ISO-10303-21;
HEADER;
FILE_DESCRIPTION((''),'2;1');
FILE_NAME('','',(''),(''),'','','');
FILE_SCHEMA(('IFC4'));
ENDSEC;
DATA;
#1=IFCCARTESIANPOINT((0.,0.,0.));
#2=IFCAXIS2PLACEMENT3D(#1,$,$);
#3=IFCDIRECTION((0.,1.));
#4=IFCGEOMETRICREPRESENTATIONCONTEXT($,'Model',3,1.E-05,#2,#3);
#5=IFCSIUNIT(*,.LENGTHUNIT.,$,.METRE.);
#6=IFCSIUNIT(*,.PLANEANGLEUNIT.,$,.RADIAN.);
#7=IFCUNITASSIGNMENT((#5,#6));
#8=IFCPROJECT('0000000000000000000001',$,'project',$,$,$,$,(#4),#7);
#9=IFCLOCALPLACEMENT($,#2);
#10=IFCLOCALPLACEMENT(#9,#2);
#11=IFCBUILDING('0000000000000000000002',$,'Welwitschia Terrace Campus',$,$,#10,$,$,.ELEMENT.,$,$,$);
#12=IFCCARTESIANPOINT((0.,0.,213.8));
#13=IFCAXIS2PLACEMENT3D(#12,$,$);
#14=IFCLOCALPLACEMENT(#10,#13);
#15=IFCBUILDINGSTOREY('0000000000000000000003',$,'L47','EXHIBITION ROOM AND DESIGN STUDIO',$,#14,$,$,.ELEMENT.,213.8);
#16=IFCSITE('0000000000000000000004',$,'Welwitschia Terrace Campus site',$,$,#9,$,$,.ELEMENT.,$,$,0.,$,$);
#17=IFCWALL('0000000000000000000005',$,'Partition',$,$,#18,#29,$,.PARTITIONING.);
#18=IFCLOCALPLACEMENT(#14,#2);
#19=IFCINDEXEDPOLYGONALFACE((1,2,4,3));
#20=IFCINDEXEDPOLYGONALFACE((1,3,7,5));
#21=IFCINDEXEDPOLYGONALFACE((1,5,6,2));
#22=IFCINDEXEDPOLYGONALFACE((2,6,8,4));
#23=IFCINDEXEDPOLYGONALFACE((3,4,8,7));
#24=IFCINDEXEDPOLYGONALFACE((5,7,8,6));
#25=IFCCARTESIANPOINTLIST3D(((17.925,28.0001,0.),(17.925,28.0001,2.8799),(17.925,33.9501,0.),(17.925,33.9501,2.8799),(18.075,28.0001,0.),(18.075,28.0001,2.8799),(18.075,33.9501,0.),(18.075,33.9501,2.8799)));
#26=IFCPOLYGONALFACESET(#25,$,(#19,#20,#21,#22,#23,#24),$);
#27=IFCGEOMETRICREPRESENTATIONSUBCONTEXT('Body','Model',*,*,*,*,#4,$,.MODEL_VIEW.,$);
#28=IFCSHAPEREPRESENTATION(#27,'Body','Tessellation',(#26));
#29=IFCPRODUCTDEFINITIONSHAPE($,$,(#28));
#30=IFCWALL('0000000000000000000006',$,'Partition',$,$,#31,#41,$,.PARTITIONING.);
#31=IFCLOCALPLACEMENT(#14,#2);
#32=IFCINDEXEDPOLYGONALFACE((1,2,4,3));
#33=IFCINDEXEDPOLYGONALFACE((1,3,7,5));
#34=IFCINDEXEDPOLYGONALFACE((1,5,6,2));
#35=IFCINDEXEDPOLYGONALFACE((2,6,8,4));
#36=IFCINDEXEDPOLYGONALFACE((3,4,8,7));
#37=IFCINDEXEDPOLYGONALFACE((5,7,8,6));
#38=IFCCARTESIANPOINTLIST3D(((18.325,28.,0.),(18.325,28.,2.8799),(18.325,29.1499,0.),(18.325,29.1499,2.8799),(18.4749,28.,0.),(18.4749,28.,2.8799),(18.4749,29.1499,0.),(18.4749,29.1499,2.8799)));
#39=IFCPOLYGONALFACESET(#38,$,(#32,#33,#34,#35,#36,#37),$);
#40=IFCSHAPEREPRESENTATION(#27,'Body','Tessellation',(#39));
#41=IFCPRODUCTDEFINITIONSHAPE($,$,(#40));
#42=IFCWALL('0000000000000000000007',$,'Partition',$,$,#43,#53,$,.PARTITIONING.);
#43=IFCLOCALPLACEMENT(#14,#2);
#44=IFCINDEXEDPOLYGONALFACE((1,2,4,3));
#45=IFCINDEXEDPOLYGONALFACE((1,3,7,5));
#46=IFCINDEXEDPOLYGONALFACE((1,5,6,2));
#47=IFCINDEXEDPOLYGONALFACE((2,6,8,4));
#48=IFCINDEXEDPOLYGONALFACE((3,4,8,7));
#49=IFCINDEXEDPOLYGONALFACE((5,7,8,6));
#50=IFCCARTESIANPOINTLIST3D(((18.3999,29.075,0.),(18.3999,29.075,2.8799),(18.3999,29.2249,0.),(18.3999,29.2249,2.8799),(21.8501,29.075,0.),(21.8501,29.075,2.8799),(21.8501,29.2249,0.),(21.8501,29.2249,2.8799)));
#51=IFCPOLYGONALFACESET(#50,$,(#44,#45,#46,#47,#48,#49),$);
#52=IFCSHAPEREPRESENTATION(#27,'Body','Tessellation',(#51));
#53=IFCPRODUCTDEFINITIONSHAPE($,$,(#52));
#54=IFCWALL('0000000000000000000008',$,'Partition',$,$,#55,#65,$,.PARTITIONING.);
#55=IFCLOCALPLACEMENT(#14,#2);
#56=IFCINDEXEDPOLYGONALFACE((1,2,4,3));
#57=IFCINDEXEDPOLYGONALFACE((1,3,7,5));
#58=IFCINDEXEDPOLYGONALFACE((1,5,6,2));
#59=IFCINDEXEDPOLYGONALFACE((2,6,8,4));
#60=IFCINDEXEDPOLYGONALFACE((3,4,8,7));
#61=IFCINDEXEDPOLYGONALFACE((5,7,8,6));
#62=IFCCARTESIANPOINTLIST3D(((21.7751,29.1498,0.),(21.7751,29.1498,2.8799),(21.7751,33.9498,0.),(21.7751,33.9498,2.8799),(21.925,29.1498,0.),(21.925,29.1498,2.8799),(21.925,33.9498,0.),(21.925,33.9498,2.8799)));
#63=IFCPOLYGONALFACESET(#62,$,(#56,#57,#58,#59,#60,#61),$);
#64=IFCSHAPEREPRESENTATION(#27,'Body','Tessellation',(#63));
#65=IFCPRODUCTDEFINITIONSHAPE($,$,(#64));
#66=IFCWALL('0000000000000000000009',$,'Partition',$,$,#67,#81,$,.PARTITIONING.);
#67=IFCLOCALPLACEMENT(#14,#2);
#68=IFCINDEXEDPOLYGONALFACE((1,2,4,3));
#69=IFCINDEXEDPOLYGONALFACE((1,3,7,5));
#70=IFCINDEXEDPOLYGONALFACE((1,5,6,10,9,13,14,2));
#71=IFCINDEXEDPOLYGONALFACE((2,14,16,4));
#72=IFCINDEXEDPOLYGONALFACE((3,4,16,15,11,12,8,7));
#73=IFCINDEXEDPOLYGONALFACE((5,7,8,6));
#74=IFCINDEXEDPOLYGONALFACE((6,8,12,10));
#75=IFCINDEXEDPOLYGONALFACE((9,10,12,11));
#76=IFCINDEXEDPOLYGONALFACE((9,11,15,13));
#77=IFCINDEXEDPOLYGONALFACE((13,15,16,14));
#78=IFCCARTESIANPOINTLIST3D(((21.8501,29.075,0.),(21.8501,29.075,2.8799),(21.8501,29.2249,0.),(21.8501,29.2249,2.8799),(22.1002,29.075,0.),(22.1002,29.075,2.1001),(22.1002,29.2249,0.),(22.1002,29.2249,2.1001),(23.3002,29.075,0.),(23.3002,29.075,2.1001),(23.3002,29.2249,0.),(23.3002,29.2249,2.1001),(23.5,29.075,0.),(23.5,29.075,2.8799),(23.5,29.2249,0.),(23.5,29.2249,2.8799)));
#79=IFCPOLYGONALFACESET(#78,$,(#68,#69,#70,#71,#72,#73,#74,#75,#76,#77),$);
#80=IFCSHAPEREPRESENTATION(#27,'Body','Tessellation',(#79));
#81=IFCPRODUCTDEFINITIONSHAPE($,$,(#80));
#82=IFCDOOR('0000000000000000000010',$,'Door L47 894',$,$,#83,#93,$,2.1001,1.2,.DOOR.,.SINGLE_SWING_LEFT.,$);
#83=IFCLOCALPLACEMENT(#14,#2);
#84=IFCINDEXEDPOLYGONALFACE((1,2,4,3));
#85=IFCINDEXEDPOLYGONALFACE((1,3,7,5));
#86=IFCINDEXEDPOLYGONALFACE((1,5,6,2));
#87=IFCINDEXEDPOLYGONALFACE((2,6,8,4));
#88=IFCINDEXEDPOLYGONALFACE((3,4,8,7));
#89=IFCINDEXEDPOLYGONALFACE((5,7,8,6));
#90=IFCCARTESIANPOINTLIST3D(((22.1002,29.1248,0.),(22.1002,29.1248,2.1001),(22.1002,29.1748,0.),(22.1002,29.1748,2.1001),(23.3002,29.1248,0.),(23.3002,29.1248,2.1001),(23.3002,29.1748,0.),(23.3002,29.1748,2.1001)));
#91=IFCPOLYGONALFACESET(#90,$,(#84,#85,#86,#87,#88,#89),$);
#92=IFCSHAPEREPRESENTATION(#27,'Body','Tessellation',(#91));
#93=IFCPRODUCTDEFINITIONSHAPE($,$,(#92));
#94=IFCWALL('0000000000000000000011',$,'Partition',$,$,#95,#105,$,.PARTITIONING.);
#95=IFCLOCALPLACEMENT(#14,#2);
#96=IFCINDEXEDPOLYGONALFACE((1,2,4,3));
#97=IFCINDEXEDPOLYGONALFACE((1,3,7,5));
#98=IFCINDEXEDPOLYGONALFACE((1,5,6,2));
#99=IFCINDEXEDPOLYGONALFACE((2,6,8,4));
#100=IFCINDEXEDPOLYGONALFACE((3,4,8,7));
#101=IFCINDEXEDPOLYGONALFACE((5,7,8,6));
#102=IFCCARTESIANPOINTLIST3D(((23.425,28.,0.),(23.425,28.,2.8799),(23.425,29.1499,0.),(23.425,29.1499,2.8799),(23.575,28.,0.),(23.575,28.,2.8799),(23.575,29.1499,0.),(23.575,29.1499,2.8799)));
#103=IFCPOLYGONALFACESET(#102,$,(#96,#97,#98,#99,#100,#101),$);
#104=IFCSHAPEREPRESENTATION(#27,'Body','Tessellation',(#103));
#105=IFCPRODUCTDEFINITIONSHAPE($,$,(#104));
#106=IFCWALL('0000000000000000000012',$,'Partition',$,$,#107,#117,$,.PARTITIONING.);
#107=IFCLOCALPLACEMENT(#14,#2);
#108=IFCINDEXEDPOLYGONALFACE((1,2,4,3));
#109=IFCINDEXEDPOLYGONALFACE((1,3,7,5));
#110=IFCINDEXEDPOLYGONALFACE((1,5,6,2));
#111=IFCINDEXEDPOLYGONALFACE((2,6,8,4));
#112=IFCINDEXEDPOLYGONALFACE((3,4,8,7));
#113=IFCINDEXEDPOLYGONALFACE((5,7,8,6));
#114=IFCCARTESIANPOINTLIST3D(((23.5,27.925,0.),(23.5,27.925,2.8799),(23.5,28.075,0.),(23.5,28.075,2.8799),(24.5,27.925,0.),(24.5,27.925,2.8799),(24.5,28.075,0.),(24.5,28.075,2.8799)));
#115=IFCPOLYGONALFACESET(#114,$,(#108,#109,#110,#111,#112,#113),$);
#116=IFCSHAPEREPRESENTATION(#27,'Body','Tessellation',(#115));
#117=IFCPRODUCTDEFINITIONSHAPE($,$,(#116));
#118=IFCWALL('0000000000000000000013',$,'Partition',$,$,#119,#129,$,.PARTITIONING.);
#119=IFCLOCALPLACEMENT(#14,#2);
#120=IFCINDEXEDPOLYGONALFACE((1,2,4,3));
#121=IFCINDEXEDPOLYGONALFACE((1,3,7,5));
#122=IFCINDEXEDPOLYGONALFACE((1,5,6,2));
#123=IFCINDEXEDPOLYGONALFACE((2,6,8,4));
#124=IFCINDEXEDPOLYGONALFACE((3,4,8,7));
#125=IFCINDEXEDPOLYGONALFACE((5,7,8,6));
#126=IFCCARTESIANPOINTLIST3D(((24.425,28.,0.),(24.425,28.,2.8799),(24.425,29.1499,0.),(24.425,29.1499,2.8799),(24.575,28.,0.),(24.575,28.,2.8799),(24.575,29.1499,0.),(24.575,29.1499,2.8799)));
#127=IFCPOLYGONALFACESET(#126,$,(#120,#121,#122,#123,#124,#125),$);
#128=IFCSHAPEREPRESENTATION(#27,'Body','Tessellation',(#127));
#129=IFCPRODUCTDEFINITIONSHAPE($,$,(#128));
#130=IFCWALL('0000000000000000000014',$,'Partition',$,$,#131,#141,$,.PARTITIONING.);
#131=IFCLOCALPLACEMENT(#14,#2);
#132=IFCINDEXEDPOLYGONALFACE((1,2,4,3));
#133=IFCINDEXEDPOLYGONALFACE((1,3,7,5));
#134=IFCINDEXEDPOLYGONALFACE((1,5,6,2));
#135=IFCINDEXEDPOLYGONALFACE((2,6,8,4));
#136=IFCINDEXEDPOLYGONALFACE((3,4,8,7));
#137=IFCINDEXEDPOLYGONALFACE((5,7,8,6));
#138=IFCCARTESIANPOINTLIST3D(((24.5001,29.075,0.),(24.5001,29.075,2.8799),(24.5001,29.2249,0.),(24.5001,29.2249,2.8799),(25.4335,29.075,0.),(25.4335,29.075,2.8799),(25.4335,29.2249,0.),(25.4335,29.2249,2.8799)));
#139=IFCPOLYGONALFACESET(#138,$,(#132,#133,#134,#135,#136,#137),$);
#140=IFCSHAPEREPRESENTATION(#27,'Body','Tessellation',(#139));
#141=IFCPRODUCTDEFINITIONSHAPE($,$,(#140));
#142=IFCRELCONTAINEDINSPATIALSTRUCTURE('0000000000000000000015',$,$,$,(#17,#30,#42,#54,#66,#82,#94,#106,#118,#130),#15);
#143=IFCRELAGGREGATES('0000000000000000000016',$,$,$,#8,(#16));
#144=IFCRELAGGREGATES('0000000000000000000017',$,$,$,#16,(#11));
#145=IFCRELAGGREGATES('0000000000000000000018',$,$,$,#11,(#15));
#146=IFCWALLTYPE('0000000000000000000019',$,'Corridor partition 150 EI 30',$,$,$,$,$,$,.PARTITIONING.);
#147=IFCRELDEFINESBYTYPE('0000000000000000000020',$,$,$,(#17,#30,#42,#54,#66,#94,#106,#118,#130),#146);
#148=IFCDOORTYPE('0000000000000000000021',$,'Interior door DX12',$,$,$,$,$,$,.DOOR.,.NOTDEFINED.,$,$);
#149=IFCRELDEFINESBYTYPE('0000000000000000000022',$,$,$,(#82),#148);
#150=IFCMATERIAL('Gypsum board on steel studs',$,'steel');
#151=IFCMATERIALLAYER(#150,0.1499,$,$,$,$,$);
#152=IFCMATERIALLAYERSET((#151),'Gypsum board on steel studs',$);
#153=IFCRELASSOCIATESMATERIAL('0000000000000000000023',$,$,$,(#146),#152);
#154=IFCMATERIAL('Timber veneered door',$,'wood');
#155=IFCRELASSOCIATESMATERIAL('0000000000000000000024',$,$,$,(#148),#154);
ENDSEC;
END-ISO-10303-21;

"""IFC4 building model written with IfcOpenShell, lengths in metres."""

from ifc_helpers import new_model, si_unit, direction, frame, frame_2d, origin, place, context, subcontext, project, spatial, rectangle, extrude, material, layer, layer_set, type_object, element, fill, save


model = new_model("IFC4")

# Units and contexts
model_context = context("Model", 3, precision=1e-05, world=origin(), true_north=direction((0.0, 1.0)))
body_context = subcontext(model_context, "Body", "Model", "MODEL_VIEW")
ifc_project = project(units=[si_unit("LENGTHUNIT", "METRE"), si_unit("PLANEANGLEUNIT", "RADIAN")], contexts=[model_context])

# Site, building, storey
site_placement = place(None, origin())
site = spatial("IfcSite", under=ifc_project, at=site_placement, Name="Welwitschia Terrace Campus site", CompositionType="ELEMENT", RefElevation=0.0)
building_placement = place(site_placement, origin())
building = spatial("IfcBuilding", under=site, at=building_placement, Name="Welwitschia Terrace Campus", CompositionType="ELEMENT")
storey_placement = place(building_placement, frame((0.0, 0.0, 213.8)))
storey = spatial("IfcBuildingStorey", under=building, at=storey_placement, Name="L47", Description="EXHIBITION ROOM AND DESIGN STUDIO", CompositionType="ELEMENT", Elevation=213.8)

# Shared definitions
ifc_material_1 = material(Name="Gypsum board on steel studs", Category="steel")
ifc_layer_1 = layer(ifc_material_1, 0.1499)
ifc_layer_set_1 = layer_set([ifc_layer_1], Name="Gypsum board on steel studs")
wall_type = type_object("IfcWallType", Name="Corridor partition 150 EI 30", PredefinedType="PARTITIONING", material=ifc_layer_set_1)

# Walls
wall_1_placement = place(storey_placement, frame((18.0, 28.0, 0.0), z_axis=(0.0, 0.0, 1.0), x_axis=(0.0, 1.0, 0.0)))
element("IfcWall", 1, at=wall_1_placement, inside=storey, type_object=wall_type, Name="Partition", PredefinedType="PARTITIONING", context=body_context, shape_type="SweptSolid", body=[
    extrude(rectangle(XDim=5.95, YDim=0.1499, at=frame_2d((2.9751, 0.0))), origin(), (0.0, 0.0, 1.0), 2.8799),
])
wall_2_placement = place(storey_placement, frame((18.3999, 28.0, 0.0), z_axis=(0.0, 0.0, 1.0), x_axis=(0.0, 1.0, 0.0)))
element("IfcWall", 2, at=wall_2_placement, inside=storey, type_object=wall_type, Name="Partition", PredefinedType="PARTITIONING", context=body_context, shape_type="SweptSolid", body=[
    extrude(rectangle(XDim=1.1499, YDim=0.1499, at=frame_2d((0.575, 0.0))), origin(), (0.0, 0.0, 1.0), 2.8799),
])
wall_3_placement = place(storey_placement, frame((18.3999, 29.1499, 0.0), z_axis=(0.0, 0.0, 1.0), x_axis=(1.0, 0.0, 0.0)))
element("IfcWall", 3, at=wall_3_placement, inside=storey, type_object=wall_type, Name="Partition", PredefinedType="PARTITIONING", context=body_context, shape_type="SweptSolid", body=[
    extrude(rectangle(XDim=3.4502, YDim=0.1499, at=frame_2d((1.7251, 0.0))), origin(), (0.0, 0.0, 1.0), 2.8799),
])
wall_4_placement = place(storey_placement, frame((21.8501, 29.1499, 0.0), z_axis=(0.0, 0.0, 1.0), x_axis=(0.0, 1.0, 0.0)))
element("IfcWall", 4, at=wall_4_placement, inside=storey, type_object=wall_type, Name="Partition", PredefinedType="PARTITIONING", context=body_context, shape_type="SweptSolid", body=[
    extrude(rectangle(XDim=4.8, YDim=0.1499, at=frame_2d((2.3999, 0.0))), origin(), (0.0, 0.0, 1.0), 2.8799),
])

# Wall, opening, door
wall_5_placement = place(storey_placement, frame((21.8501, 29.1499, 0.0), z_axis=(0.0, 0.0, 1.0), x_axis=(1.0, 0.0, 0.0)))
wall_5 = element("IfcWall", 5, at=wall_5_placement, inside=storey, type_object=wall_type, Name="Partition", PredefinedType="PARTITIONING", context=body_context, shape_type="SweptSolid", body=[
    extrude(rectangle(XDim=1.6499, YDim=0.1499, at=frame_2d((0.825, 0.0))), origin(), (0.0, 0.0, 1.0), 2.8799),
])
opening_1_placement = place(wall_5_placement, frame((0.25, 0.0, 0.0)))
opening_1 = element("IfcOpeningElement", 6, at=opening_1_placement, cuts=wall_5, PredefinedType="OPENING", context=body_context, shape_type="SweptSolid", body=[
    extrude(rectangle(XDim=1.2, YDim=2.1001, at=frame_2d((0.6001, 1.05))), frame((0.0, 0.085, 0.0), z_axis=(0.0, -1.0, 0.0), x_axis=(1.0, 0.0, 0.0)), (0.0, 0.0, 1.0), 0.1699),
])
ifc_material_2 = material(Name="Timber veneered door", Category="wood")
door_type_1 = type_object("IfcDoorType", Name="Interior door DX12", OperationType="NOTDEFINED", PredefinedType="DOOR", material=ifc_material_2)
door_1_placement = place(opening_1_placement, origin())
door_1 = element("IfcDoor", 7, at=door_1_placement, inside=storey, type_object=door_type_1, Name="Door L47 894", OperationType="SINGLE_SWING_LEFT", OverallHeight=2.1001, OverallWidth=1.2, PredefinedType="DOOR", context=body_context, shape_type="SweptSolid", body=[
    extrude(rectangle(XDim=1.2, YDim=2.1001, at=frame_2d((0.6001, 1.05))), frame((0.0, 0.0249, 0.0), z_axis=(0.0, -1.0, 0.0), x_axis=(1.0, 0.0, 0.0)), (0.0, 0.0, 1.0), 0.05),
])
fill(opening_1, door_1)

# Walls
wall_6_placement = place(storey_placement, frame((23.5, 28.0, 0.0), z_axis=(0.0, 0.0, 1.0), x_axis=(0.0, 1.0, 0.0)))
element("IfcWall", 8, at=wall_6_placement, inside=storey, type_object=wall_type, Name="Partition", PredefinedType="PARTITIONING", context=body_context, shape_type="SweptSolid", body=[
    extrude(rectangle(XDim=1.1499, YDim=0.1499, at=frame_2d((0.575, 0.0))), origin(), (0.0, 0.0, 1.0), 2.8799),
])
wall_7_placement = place(storey_placement, frame((23.5, 28.0, 0.0), z_axis=(0.0, 0.0, 1.0), x_axis=(1.0, 0.0, 0.0)))
element("IfcWall", 9, at=wall_7_placement, inside=storey, type_object=wall_type, Name="Partition", PredefinedType="PARTITIONING", context=body_context, shape_type="SweptSolid", body=[
    extrude(rectangle(XDim=1.0, YDim=0.1499, at=frame_2d((0.5, 0.0))), origin(), (0.0, 0.0, 1.0), 2.8799),
])
wall_8_placement = place(storey_placement, frame((24.5, 28.0, 0.0), z_axis=(0.0, 0.0, 1.0), x_axis=(0.0, 1.0, 0.0)))
element("IfcWall", 10, at=wall_8_placement, inside=storey, type_object=wall_type, Name="Partition", PredefinedType="PARTITIONING", context=body_context, shape_type="SweptSolid", body=[
    extrude(rectangle(XDim=1.1499, YDim=0.1499, at=frame_2d((0.575, 0.0))), origin(), (0.0, 0.0, 1.0), 2.8799),
])
wall_9_placement = place(storey_placement, frame((24.5, 29.1499, 0.0), z_axis=(0.0, 0.0, 1.0), x_axis=(1.0, 0.0, 0.0)))
element("IfcWall", 11, at=wall_9_placement, inside=storey, type_object=wall_type, Name="Partition", PredefinedType="PARTITIONING", context=body_context, shape_type="SweptSolid", body=[
    extrude(rectangle(XDim=0.9333, YDim=0.1499, at=frame_2d((0.4668, 0.0))), origin(), (0.0, 0.0, 1.0), 2.8799),
])

save(model, "model.ifc")
